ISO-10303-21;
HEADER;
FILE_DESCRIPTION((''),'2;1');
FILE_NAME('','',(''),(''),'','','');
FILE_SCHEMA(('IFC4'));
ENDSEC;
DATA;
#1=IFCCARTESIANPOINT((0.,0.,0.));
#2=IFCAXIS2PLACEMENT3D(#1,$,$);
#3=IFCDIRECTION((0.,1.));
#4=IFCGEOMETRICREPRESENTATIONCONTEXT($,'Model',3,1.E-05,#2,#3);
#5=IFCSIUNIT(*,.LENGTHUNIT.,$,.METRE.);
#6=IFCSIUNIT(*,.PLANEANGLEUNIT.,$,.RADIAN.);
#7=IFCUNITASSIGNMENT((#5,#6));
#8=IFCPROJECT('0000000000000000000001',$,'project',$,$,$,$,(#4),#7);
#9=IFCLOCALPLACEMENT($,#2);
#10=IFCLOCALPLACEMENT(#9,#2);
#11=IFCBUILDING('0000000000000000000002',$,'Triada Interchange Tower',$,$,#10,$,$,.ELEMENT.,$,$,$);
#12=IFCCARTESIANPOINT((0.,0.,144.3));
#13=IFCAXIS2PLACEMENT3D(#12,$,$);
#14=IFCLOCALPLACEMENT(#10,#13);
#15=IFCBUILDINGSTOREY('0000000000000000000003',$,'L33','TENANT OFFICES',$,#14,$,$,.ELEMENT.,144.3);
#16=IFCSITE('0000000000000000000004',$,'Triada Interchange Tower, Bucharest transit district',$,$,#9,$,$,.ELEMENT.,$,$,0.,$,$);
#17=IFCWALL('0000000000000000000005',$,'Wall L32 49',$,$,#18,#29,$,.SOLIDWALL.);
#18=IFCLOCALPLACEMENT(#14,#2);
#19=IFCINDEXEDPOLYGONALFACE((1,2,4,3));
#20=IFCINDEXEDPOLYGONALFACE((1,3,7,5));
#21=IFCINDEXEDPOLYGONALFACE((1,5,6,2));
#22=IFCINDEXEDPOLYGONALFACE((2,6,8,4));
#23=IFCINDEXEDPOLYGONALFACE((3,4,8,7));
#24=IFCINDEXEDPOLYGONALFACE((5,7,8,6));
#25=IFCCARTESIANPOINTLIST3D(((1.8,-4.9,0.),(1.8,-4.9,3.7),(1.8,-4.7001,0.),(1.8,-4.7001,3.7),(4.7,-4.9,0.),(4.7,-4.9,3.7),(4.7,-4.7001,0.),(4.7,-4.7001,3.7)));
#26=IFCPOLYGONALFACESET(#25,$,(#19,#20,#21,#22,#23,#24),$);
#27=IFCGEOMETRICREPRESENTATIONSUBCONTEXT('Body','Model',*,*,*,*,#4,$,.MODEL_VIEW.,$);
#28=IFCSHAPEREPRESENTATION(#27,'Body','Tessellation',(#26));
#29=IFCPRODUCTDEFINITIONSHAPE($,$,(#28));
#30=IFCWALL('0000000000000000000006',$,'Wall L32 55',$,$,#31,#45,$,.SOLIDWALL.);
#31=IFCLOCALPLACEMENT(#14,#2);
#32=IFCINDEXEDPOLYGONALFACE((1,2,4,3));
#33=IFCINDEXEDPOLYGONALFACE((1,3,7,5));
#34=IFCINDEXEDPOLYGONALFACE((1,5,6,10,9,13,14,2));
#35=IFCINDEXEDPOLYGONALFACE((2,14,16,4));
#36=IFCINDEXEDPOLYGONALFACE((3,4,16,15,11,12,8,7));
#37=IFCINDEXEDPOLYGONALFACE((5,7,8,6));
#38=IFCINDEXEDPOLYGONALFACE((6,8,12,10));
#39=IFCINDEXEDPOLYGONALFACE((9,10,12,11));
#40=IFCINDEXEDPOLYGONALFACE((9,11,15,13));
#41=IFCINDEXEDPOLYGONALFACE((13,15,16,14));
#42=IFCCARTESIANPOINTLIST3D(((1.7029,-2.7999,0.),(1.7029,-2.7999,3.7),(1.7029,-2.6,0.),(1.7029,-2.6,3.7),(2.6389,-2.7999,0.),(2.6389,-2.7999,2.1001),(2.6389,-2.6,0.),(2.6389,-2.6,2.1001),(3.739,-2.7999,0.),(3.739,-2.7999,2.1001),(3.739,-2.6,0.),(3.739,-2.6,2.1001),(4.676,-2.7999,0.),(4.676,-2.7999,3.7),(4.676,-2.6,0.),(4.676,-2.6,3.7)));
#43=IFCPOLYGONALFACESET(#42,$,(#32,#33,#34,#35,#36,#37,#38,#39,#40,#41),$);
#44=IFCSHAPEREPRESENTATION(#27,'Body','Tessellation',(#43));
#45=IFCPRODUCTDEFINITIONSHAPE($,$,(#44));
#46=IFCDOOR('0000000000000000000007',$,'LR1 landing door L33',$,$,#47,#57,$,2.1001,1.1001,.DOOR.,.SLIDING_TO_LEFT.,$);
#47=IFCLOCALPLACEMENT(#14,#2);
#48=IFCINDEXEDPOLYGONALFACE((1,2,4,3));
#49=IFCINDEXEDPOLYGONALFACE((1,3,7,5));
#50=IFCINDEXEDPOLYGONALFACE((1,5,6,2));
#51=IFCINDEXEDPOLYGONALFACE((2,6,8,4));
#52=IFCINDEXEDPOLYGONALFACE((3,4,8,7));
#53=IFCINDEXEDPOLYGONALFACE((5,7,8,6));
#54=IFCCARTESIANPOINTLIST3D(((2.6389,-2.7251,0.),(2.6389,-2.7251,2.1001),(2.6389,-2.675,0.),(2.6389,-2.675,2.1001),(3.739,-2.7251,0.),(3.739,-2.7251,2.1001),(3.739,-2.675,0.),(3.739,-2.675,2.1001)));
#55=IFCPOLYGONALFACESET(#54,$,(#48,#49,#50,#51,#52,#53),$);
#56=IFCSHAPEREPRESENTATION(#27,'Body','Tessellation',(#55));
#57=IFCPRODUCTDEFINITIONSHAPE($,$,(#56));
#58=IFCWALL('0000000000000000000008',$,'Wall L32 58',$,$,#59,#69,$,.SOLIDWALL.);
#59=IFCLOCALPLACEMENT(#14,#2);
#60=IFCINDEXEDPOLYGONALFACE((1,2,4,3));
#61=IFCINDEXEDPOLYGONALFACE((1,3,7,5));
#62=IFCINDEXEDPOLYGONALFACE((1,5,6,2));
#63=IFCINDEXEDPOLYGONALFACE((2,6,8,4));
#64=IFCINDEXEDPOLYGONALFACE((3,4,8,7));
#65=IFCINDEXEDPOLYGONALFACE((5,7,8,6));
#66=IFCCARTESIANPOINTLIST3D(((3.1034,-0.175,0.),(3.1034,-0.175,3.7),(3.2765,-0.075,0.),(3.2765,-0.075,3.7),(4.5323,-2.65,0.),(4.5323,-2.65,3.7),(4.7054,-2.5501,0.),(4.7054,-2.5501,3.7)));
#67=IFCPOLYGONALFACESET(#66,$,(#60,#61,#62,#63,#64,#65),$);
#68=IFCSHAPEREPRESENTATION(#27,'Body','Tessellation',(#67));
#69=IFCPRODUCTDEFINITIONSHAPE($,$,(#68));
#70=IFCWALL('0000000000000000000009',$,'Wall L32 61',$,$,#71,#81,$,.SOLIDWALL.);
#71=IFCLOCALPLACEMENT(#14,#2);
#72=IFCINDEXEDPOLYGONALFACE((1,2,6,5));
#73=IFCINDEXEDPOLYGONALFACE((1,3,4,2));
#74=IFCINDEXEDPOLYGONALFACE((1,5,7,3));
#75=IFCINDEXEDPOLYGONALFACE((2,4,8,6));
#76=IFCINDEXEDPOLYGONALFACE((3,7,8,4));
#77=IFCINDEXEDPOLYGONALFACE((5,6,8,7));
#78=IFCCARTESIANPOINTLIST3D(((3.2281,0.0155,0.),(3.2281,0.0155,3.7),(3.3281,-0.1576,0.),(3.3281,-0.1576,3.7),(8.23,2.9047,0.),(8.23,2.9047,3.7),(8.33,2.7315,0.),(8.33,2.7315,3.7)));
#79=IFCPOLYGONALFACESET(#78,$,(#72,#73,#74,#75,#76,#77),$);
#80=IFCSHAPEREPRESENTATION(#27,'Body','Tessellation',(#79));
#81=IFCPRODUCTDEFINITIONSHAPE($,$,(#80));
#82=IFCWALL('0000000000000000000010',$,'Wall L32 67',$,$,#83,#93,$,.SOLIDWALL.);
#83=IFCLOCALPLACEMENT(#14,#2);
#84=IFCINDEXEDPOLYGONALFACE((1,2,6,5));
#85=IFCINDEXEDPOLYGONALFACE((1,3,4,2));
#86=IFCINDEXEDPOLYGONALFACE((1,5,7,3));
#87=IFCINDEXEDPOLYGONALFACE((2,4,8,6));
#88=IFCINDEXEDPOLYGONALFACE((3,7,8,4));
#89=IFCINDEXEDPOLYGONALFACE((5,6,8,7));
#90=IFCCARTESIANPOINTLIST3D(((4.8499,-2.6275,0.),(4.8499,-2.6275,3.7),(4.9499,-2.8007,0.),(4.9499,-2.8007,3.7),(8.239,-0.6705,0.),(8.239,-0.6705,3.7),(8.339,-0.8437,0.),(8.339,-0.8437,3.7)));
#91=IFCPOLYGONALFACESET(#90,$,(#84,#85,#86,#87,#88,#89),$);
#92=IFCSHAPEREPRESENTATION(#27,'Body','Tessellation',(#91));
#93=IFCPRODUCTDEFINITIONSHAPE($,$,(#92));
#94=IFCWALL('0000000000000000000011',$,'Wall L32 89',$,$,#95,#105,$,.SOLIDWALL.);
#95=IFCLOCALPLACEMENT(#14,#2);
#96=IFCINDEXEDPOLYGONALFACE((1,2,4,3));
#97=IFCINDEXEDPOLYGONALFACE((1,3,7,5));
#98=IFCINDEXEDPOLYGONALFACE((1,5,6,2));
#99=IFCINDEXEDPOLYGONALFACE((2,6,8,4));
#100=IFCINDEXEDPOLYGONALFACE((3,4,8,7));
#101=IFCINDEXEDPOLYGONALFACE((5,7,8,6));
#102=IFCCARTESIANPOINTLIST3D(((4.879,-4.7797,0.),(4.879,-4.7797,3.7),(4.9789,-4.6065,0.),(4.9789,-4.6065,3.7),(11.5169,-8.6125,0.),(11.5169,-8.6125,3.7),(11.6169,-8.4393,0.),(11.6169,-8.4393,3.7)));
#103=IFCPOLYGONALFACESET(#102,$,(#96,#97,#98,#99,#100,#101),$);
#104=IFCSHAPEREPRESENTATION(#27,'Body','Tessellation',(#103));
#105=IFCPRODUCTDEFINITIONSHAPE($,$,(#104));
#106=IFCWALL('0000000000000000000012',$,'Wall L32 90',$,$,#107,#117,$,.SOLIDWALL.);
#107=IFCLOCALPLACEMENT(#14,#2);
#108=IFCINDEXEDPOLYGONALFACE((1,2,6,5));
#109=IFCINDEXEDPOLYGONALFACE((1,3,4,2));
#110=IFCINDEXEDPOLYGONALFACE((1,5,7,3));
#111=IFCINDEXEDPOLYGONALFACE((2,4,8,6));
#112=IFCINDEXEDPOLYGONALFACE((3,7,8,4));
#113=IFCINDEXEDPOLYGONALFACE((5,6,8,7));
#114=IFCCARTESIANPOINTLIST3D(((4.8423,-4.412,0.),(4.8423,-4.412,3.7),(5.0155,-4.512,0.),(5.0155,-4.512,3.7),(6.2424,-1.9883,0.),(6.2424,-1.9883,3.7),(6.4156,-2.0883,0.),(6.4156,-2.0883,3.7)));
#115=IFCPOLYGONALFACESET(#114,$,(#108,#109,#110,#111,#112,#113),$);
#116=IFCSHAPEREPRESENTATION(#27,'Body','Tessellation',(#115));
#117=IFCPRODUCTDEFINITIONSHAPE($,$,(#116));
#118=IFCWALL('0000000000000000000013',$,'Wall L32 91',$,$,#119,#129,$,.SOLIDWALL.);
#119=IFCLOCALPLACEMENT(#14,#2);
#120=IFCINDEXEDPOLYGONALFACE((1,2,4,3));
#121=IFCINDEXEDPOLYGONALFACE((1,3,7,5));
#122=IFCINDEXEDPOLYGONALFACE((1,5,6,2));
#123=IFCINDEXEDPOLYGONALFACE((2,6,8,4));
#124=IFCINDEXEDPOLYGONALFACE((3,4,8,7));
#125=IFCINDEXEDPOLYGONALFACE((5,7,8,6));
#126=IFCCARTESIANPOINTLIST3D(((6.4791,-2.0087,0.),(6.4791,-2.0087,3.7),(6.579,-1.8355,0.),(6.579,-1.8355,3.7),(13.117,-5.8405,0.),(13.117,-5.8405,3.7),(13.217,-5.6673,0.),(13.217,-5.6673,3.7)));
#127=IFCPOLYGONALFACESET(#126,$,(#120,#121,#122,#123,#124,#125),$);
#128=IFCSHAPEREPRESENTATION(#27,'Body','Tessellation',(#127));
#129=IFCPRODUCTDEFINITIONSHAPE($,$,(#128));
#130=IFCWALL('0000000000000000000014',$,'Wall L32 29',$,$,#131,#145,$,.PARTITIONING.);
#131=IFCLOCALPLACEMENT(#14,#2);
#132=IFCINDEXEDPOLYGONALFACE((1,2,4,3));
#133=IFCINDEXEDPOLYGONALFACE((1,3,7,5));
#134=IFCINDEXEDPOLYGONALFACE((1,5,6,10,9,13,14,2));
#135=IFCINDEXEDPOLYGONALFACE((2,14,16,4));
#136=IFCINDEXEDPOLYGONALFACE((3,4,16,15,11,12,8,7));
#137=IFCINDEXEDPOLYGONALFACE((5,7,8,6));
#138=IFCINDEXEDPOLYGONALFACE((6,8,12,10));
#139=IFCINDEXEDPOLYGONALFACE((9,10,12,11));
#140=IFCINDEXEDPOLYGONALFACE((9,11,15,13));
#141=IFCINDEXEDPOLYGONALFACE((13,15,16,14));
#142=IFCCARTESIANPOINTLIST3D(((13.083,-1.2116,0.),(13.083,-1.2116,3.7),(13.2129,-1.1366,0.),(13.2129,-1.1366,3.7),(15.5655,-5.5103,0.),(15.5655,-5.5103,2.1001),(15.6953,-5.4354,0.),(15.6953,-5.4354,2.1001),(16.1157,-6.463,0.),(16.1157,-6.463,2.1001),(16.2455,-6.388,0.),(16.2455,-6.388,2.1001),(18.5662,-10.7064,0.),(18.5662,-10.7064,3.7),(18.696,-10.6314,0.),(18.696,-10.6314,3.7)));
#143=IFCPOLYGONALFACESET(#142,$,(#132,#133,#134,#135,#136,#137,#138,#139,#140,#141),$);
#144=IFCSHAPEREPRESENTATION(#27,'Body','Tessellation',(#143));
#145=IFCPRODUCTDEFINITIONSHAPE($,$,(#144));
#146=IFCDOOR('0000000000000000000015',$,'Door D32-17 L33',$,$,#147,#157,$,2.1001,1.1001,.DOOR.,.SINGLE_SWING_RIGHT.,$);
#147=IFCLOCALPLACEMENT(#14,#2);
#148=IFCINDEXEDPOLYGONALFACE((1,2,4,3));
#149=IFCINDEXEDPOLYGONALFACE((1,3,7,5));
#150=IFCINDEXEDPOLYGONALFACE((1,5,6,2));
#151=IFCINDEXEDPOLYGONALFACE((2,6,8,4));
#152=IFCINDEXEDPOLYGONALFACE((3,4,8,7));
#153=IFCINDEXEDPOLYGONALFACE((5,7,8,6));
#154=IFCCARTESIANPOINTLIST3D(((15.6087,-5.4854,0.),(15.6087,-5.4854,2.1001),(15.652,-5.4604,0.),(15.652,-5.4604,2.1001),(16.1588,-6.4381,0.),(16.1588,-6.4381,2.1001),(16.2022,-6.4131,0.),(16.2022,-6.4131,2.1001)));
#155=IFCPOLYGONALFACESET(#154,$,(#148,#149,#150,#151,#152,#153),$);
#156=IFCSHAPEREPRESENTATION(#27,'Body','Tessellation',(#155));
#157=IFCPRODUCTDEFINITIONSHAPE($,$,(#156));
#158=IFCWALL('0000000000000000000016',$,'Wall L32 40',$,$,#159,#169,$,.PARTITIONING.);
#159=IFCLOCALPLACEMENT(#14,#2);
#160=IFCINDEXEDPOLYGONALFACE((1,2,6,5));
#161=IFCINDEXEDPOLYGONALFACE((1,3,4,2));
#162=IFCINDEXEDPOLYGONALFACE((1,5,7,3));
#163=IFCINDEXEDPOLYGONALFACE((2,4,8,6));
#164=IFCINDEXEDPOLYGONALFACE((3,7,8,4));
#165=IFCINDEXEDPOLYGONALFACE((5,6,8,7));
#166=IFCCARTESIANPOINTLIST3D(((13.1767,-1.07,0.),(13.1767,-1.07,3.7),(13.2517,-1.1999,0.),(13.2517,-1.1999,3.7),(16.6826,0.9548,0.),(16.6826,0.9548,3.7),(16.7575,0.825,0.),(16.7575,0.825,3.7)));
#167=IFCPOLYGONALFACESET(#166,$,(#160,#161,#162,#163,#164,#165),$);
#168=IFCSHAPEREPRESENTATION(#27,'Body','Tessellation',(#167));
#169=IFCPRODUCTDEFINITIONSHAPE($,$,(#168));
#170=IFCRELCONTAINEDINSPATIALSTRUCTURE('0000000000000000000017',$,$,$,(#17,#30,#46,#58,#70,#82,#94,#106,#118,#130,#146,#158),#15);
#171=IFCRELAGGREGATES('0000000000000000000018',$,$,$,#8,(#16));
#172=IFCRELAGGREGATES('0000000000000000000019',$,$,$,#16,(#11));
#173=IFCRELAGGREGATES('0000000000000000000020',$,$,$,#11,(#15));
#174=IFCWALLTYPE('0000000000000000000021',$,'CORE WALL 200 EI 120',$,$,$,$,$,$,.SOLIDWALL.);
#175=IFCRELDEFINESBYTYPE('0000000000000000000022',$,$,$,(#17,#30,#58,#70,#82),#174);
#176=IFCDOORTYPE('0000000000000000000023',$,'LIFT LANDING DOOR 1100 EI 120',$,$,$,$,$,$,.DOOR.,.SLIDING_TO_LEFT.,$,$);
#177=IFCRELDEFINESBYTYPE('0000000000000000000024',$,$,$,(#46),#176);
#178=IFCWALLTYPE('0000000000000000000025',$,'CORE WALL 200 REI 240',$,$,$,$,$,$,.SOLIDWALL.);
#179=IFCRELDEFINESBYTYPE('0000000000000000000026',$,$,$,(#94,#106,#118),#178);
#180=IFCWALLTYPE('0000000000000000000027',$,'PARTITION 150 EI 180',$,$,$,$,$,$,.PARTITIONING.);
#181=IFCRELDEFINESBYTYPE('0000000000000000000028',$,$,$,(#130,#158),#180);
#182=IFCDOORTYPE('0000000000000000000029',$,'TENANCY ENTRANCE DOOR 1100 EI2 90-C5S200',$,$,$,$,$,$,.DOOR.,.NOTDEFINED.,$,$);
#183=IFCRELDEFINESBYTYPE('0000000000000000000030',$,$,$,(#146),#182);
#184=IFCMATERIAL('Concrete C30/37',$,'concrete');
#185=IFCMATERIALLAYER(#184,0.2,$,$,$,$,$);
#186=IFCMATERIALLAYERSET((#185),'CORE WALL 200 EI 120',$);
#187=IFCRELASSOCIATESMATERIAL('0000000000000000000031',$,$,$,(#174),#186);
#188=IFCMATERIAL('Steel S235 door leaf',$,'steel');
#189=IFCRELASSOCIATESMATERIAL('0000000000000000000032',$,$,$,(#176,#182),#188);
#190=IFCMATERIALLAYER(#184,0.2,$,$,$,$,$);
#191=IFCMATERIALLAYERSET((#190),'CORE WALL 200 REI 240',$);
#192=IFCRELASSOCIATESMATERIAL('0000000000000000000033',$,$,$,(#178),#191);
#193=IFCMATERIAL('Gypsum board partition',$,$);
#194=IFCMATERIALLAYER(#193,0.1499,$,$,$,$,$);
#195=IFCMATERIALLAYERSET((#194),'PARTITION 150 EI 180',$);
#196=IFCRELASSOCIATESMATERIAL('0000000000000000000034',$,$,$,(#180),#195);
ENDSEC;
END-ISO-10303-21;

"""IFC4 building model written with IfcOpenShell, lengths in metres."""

from ifc_helpers import new_model, si_unit, direction, frame, frame_2d, origin, place, context, subcontext, project, spatial, rectangle, extrude, material, layer, layer_set, type_object, element, fill, save


model = new_model("IFC4")

# Units and contexts
model_context = context("Model", 3, precision=1e-05, world=origin(), true_north=direction((0.0, 1.0)))
body_context = subcontext(model_context, "Body", "Model", "MODEL_VIEW")
ifc_project = project(units=[si_unit("LENGTHUNIT", "METRE"), si_unit("PLANEANGLEUNIT", "RADIAN")], contexts=[model_context])

# Site, building, storey
site_placement = place(None, origin())
site = spatial("IfcSite", under=ifc_project, at=site_placement, Name="Triada Interchange Tower, Bucharest transit district", CompositionType="ELEMENT", RefElevation=0.0)
building_placement = place(site_placement, origin())
building = spatial("IfcBuilding", under=site, at=building_placement, Name="Triada Interchange Tower", CompositionType="ELEMENT")
storey_placement = place(building_placement, frame((0.0, 0.0, 144.3)))
storey = spatial("IfcBuildingStorey", under=building, at=storey_placement, Name="L33", Description="TENANT OFFICES", CompositionType="ELEMENT", Elevation=144.3)

# Wall
ifc_material_1 = material(Name="Concrete C30/37", Category="concrete")
ifc_layer_1 = layer(ifc_material_1, 0.2)
ifc_layer_set_1 = layer_set([ifc_layer_1], Name="CORE WALL 200 EI 120")
wall_type_1 = type_object("IfcWallType", Name="CORE WALL 200 EI 120", PredefinedType="SOLIDWALL", material=ifc_layer_set_1)
wall_1_placement = place(storey_placement, frame((1.8, -4.8, 0.0), z_axis=(0.0, 0.0, 1.0), x_axis=(1.0, 0.0, 0.0)))
element("IfcWall", 1, at=wall_1_placement, inside=storey, type_object=wall_type_1, Name="Wall L32 49", PredefinedType="SOLIDWALL", context=body_context, shape_type="SweptSolid", body=[
    extrude(rectangle(XDim=2.8999, YDim=0.2, at=frame_2d((1.45, 0.0))), origin(), (0.0, 0.0, 1.0), 3.7),
])

# Wall, opening, door
wall_2_placement = place(storey_placement, frame((1.7029, -2.7, 0.0), z_axis=(0.0, 0.0, 1.0), x_axis=(1.0, 0.0, 0.0)))
wall_2 = element("IfcWall", 2, at=wall_2_placement, inside=storey, type_object=wall_type_1, Name="Wall L32 55", PredefinedType="SOLIDWALL", context=body_context, shape_type="SweptSolid", body=[
    extrude(rectangle(XDim=2.9731, YDim=0.2, at=frame_2d((1.4866, 0.0))), origin(), (0.0, 0.0, 1.0), 3.7),
])
opening_1_placement = place(wall_2_placement, frame((0.936, 0.0, 0.0)))
opening_1 = element("IfcOpeningElement", 3, at=opening_1_placement, cuts=wall_2, PredefinedType="OPENING", context=body_context, shape_type="SweptSolid", body=[
    extrude(rectangle(XDim=1.1001, YDim=2.1001, at=frame_2d((0.55, 1.05))), frame((0.0, 0.1099, 0.0), z_axis=(0.0, -1.0, 0.0), x_axis=(1.0, 0.0, 0.0)), (0.0, 0.0, 1.0), 0.22),
])
ifc_material_2 = material(Name="Steel S235 door leaf", Category="steel")
door_type_1 = type_object("IfcDoorType", Name="LIFT LANDING DOOR 1100 EI 120", OperationType="SLIDING_TO_LEFT", PredefinedType="DOOR", material=ifc_material_2)
door_1_placement = place(opening_1_placement, origin())
door_1 = element("IfcDoor", 4, at=door_1_placement, inside=storey, type_object=door_type_1, Name="LR1 landing door L33", OperationType="SLIDING_TO_LEFT", OverallHeight=2.1001, OverallWidth=1.1001, PredefinedType="DOOR", context=body_context, shape_type="SweptSolid", body=[
    extrude(rectangle(XDim=1.1001, YDim=2.1001, at=frame_2d((0.55, 1.05))), frame((0.0, 0.0249, 0.0), z_axis=(0.0, -1.0, 0.0), x_axis=(1.0, 0.0, 0.0)), (0.0, 0.0, 1.0), 0.05),
])
fill(opening_1, door_1)

# Walls
wall_3_placement = place(storey_placement, frame((3.1899, -0.125, 0.0), z_axis=(0.0, 0.0, 1.0), x_axis=(0.499989, -0.866032, 0.0)))
element("IfcWall", 5, at=wall_3_placement, inside=storey, type_object=wall_type_1, Name="Wall L32 58", PredefinedType="SOLIDWALL", context=body_context, shape_type="SweptSolid", body=[
    extrude(rectangle(XDim=2.8579, YDim=0.2, at=frame_2d((1.429, 0.0))), origin(), (0.0, 0.0, 1.0), 3.7),
])
wall_4_placement = place(storey_placement, frame((3.2781, -0.071, 0.0), z_axis=(0.0, 0.0, 1.0), x_axis=(0.865929, 0.500166, 0.0)))
element("IfcWall", 6, at=wall_4_placement, inside=storey, type_object=wall_type_1, Name="Wall L32 61", PredefinedType="SOLIDWALL", context=body_context, shape_type="SweptSolid", body=[
    extrude(rectangle(XDim=5.7764, YDim=0.2, at=frame_2d((2.8882, 0.0))), origin(), (0.0, 0.0, 1.0), 3.7),
])
wall_5_placement = place(storey_placement, frame((4.8999, -2.7141, 0.0), z_axis=(0.0, 0.0, 1.0), x_axis=(0.865992, 0.500057, 0.0)))
element("IfcWall", 7, at=wall_5_placement, inside=storey, type_object=wall_type_1, Name="Wall L32 67", PredefinedType="SOLIDWALL", context=body_context, shape_type="SweptSolid", body=[
    extrude(rectangle(XDim=3.9136, YDim=0.2, at=frame_2d((1.9568, 0.0))), origin(), (0.0, 0.0, 1.0), 3.7),
])
ifc_layer_2 = layer(ifc_material_1, 0.2)
ifc_layer_set_2 = layer_set([ifc_layer_2], Name="CORE WALL 200 REI 240")
wall_type_2 = type_object("IfcWallType", Name="CORE WALL 200 REI 240", PredefinedType="SOLIDWALL", material=ifc_layer_set_2)
wall_6_placement = place(storey_placement, frame((4.929, -4.6931, 0.0), z_axis=(0.0, 0.0, 1.0), x_axis=(0.866006, -0.500034, 0.0)))
element("IfcWall", 8, at=wall_6_placement, inside=storey, type_object=wall_type_2, Name="Wall L32 89", PredefinedType="SOLIDWALL", context=body_context, shape_type="SweptSolid", body=[
    extrude(rectangle(XDim=7.665, YDim=0.2, at=frame_2d((3.8325, 0.0))), origin(), (0.0, 0.0, 1.0), 3.7),
])
wall_7_placement = place(storey_placement, frame((4.929, -4.4619, 0.0), z_axis=(0.0, 0.0, 1.0), x_axis=(0.500201, 0.86591, 0.0)))
element("IfcWall", 9, at=wall_7_placement, inside=storey, type_object=wall_type_2, Name="Wall L32 90", PredefinedType="SOLIDWALL", context=body_context, shape_type="SweptSolid", body=[
    extrude(rectangle(XDim=2.7991, YDim=0.2, at=frame_2d((1.3994, 0.0))), origin(), (0.0, 0.0, 1.0), 3.7),
])
wall_8_placement = place(storey_placement, frame((6.5291, -1.9221, 0.0), z_axis=(0.0, 0.0, 1.0), x_axis=(0.866061, -0.499938, 0.0)))
element("IfcWall", 10, at=wall_8_placement, inside=storey, type_object=wall_type_2, Name="Wall L32 91", PredefinedType="SOLIDWALL", context=body_context, shape_type="SweptSolid", body=[
    extrude(rectangle(XDim=7.6646, YDim=0.2, at=frame_2d((3.8323, 0.0))), origin(), (0.0, 0.0, 1.0), 3.7),
])

# Wall, opening, door
ifc_material_3 = material(Name="Gypsum board partition")
ifc_layer_3 = layer(ifc_material_3, 0.1499)
ifc_layer_set_3 = layer_set([ifc_layer_3], Name="PARTITION 150 EI 180")
wall_type_3 = type_object("IfcWallType", Name="PARTITION 150 EI 180", PredefinedType="PARTITIONING", material=ifc_layer_set_3)
wall_9_placement = place(storey_placement, frame((13.1479, -1.1741, 0.0), z_axis=(0.0, 0.0, 1.0), x_axis=(0.500088, -0.865975, 0.0)))
wall_9 = element("IfcWall", 11, at=wall_9_placement, inside=storey, type_object=wall_type_3, Name="Wall L32 29", PredefinedType="PARTITIONING", context=body_context, shape_type="SweptSolid", body=[
    extrude(rectangle(XDim=10.9644, YDim=0.1499, at=frame_2d((5.4822, 0.0))), origin(), (0.0, 0.0, 1.0), 3.7),
])
opening_2_placement = place(wall_9_placement, frame((4.9641, 0.0, 0.0)))
opening_2 = element("IfcOpeningElement", 12, at=opening_2_placement, cuts=wall_9, PredefinedType="OPENING", context=body_context, shape_type="SweptSolid", body=[
    extrude(rectangle(XDim=1.1001, YDim=2.1001, at=frame_2d((0.55, 1.05))), frame((0.0, 0.085, 0.0), z_axis=(0.0, -1.0, 0.0), x_axis=(1.0, 0.0, 0.0)), (0.0, 0.0, 1.0), 0.1699),
])
door_type_2 = type_object("IfcDoorType", Name="TENANCY ENTRANCE DOOR 1100 EI2 90-C5S200", OperationType="NOTDEFINED", PredefinedType="DOOR", material=ifc_material_2)
door_2_placement = place(opening_2_placement, origin())
door_2 = element("IfcDoor", 13, at=door_2_placement, inside=storey, type_object=door_type_2, Name="Door D32-17 L33", OperationType="SINGLE_SWING_RIGHT", OverallHeight=2.1001, OverallWidth=1.1001, PredefinedType="DOOR", context=body_context, shape_type="SweptSolid", body=[
    extrude(rectangle(XDim=1.1001, YDim=2.1001, at=frame_2d((0.55, 1.05))), frame((0.0, 0.0249, 0.0), z_axis=(0.0, -1.0, 0.0), x_axis=(1.0, 0.0, 0.0)), (0.0, 0.0, 1.0), 0.05),
])
fill(opening_2, door_2)

# Wall
wall_10_placement = place(storey_placement, frame((13.2141, -1.135, 0.0), z_axis=(0.0, 0.0, 1.0), x_axis=(0.865941, 0.500147, 0.0)))
element("IfcWall", 14, at=wall_10_placement, inside=storey, type_object=wall_type_3, Name="Wall L32 40", PredefinedType="PARTITIONING", context=body_context, shape_type="SweptSolid", body=[
    extrude(rectangle(XDim=4.0486, YDim=0.1499, at=frame_2d((2.0244, 0.0))), origin(), (0.0, 0.0, 1.0), 3.7),
])

save(model, "model.ifc")
